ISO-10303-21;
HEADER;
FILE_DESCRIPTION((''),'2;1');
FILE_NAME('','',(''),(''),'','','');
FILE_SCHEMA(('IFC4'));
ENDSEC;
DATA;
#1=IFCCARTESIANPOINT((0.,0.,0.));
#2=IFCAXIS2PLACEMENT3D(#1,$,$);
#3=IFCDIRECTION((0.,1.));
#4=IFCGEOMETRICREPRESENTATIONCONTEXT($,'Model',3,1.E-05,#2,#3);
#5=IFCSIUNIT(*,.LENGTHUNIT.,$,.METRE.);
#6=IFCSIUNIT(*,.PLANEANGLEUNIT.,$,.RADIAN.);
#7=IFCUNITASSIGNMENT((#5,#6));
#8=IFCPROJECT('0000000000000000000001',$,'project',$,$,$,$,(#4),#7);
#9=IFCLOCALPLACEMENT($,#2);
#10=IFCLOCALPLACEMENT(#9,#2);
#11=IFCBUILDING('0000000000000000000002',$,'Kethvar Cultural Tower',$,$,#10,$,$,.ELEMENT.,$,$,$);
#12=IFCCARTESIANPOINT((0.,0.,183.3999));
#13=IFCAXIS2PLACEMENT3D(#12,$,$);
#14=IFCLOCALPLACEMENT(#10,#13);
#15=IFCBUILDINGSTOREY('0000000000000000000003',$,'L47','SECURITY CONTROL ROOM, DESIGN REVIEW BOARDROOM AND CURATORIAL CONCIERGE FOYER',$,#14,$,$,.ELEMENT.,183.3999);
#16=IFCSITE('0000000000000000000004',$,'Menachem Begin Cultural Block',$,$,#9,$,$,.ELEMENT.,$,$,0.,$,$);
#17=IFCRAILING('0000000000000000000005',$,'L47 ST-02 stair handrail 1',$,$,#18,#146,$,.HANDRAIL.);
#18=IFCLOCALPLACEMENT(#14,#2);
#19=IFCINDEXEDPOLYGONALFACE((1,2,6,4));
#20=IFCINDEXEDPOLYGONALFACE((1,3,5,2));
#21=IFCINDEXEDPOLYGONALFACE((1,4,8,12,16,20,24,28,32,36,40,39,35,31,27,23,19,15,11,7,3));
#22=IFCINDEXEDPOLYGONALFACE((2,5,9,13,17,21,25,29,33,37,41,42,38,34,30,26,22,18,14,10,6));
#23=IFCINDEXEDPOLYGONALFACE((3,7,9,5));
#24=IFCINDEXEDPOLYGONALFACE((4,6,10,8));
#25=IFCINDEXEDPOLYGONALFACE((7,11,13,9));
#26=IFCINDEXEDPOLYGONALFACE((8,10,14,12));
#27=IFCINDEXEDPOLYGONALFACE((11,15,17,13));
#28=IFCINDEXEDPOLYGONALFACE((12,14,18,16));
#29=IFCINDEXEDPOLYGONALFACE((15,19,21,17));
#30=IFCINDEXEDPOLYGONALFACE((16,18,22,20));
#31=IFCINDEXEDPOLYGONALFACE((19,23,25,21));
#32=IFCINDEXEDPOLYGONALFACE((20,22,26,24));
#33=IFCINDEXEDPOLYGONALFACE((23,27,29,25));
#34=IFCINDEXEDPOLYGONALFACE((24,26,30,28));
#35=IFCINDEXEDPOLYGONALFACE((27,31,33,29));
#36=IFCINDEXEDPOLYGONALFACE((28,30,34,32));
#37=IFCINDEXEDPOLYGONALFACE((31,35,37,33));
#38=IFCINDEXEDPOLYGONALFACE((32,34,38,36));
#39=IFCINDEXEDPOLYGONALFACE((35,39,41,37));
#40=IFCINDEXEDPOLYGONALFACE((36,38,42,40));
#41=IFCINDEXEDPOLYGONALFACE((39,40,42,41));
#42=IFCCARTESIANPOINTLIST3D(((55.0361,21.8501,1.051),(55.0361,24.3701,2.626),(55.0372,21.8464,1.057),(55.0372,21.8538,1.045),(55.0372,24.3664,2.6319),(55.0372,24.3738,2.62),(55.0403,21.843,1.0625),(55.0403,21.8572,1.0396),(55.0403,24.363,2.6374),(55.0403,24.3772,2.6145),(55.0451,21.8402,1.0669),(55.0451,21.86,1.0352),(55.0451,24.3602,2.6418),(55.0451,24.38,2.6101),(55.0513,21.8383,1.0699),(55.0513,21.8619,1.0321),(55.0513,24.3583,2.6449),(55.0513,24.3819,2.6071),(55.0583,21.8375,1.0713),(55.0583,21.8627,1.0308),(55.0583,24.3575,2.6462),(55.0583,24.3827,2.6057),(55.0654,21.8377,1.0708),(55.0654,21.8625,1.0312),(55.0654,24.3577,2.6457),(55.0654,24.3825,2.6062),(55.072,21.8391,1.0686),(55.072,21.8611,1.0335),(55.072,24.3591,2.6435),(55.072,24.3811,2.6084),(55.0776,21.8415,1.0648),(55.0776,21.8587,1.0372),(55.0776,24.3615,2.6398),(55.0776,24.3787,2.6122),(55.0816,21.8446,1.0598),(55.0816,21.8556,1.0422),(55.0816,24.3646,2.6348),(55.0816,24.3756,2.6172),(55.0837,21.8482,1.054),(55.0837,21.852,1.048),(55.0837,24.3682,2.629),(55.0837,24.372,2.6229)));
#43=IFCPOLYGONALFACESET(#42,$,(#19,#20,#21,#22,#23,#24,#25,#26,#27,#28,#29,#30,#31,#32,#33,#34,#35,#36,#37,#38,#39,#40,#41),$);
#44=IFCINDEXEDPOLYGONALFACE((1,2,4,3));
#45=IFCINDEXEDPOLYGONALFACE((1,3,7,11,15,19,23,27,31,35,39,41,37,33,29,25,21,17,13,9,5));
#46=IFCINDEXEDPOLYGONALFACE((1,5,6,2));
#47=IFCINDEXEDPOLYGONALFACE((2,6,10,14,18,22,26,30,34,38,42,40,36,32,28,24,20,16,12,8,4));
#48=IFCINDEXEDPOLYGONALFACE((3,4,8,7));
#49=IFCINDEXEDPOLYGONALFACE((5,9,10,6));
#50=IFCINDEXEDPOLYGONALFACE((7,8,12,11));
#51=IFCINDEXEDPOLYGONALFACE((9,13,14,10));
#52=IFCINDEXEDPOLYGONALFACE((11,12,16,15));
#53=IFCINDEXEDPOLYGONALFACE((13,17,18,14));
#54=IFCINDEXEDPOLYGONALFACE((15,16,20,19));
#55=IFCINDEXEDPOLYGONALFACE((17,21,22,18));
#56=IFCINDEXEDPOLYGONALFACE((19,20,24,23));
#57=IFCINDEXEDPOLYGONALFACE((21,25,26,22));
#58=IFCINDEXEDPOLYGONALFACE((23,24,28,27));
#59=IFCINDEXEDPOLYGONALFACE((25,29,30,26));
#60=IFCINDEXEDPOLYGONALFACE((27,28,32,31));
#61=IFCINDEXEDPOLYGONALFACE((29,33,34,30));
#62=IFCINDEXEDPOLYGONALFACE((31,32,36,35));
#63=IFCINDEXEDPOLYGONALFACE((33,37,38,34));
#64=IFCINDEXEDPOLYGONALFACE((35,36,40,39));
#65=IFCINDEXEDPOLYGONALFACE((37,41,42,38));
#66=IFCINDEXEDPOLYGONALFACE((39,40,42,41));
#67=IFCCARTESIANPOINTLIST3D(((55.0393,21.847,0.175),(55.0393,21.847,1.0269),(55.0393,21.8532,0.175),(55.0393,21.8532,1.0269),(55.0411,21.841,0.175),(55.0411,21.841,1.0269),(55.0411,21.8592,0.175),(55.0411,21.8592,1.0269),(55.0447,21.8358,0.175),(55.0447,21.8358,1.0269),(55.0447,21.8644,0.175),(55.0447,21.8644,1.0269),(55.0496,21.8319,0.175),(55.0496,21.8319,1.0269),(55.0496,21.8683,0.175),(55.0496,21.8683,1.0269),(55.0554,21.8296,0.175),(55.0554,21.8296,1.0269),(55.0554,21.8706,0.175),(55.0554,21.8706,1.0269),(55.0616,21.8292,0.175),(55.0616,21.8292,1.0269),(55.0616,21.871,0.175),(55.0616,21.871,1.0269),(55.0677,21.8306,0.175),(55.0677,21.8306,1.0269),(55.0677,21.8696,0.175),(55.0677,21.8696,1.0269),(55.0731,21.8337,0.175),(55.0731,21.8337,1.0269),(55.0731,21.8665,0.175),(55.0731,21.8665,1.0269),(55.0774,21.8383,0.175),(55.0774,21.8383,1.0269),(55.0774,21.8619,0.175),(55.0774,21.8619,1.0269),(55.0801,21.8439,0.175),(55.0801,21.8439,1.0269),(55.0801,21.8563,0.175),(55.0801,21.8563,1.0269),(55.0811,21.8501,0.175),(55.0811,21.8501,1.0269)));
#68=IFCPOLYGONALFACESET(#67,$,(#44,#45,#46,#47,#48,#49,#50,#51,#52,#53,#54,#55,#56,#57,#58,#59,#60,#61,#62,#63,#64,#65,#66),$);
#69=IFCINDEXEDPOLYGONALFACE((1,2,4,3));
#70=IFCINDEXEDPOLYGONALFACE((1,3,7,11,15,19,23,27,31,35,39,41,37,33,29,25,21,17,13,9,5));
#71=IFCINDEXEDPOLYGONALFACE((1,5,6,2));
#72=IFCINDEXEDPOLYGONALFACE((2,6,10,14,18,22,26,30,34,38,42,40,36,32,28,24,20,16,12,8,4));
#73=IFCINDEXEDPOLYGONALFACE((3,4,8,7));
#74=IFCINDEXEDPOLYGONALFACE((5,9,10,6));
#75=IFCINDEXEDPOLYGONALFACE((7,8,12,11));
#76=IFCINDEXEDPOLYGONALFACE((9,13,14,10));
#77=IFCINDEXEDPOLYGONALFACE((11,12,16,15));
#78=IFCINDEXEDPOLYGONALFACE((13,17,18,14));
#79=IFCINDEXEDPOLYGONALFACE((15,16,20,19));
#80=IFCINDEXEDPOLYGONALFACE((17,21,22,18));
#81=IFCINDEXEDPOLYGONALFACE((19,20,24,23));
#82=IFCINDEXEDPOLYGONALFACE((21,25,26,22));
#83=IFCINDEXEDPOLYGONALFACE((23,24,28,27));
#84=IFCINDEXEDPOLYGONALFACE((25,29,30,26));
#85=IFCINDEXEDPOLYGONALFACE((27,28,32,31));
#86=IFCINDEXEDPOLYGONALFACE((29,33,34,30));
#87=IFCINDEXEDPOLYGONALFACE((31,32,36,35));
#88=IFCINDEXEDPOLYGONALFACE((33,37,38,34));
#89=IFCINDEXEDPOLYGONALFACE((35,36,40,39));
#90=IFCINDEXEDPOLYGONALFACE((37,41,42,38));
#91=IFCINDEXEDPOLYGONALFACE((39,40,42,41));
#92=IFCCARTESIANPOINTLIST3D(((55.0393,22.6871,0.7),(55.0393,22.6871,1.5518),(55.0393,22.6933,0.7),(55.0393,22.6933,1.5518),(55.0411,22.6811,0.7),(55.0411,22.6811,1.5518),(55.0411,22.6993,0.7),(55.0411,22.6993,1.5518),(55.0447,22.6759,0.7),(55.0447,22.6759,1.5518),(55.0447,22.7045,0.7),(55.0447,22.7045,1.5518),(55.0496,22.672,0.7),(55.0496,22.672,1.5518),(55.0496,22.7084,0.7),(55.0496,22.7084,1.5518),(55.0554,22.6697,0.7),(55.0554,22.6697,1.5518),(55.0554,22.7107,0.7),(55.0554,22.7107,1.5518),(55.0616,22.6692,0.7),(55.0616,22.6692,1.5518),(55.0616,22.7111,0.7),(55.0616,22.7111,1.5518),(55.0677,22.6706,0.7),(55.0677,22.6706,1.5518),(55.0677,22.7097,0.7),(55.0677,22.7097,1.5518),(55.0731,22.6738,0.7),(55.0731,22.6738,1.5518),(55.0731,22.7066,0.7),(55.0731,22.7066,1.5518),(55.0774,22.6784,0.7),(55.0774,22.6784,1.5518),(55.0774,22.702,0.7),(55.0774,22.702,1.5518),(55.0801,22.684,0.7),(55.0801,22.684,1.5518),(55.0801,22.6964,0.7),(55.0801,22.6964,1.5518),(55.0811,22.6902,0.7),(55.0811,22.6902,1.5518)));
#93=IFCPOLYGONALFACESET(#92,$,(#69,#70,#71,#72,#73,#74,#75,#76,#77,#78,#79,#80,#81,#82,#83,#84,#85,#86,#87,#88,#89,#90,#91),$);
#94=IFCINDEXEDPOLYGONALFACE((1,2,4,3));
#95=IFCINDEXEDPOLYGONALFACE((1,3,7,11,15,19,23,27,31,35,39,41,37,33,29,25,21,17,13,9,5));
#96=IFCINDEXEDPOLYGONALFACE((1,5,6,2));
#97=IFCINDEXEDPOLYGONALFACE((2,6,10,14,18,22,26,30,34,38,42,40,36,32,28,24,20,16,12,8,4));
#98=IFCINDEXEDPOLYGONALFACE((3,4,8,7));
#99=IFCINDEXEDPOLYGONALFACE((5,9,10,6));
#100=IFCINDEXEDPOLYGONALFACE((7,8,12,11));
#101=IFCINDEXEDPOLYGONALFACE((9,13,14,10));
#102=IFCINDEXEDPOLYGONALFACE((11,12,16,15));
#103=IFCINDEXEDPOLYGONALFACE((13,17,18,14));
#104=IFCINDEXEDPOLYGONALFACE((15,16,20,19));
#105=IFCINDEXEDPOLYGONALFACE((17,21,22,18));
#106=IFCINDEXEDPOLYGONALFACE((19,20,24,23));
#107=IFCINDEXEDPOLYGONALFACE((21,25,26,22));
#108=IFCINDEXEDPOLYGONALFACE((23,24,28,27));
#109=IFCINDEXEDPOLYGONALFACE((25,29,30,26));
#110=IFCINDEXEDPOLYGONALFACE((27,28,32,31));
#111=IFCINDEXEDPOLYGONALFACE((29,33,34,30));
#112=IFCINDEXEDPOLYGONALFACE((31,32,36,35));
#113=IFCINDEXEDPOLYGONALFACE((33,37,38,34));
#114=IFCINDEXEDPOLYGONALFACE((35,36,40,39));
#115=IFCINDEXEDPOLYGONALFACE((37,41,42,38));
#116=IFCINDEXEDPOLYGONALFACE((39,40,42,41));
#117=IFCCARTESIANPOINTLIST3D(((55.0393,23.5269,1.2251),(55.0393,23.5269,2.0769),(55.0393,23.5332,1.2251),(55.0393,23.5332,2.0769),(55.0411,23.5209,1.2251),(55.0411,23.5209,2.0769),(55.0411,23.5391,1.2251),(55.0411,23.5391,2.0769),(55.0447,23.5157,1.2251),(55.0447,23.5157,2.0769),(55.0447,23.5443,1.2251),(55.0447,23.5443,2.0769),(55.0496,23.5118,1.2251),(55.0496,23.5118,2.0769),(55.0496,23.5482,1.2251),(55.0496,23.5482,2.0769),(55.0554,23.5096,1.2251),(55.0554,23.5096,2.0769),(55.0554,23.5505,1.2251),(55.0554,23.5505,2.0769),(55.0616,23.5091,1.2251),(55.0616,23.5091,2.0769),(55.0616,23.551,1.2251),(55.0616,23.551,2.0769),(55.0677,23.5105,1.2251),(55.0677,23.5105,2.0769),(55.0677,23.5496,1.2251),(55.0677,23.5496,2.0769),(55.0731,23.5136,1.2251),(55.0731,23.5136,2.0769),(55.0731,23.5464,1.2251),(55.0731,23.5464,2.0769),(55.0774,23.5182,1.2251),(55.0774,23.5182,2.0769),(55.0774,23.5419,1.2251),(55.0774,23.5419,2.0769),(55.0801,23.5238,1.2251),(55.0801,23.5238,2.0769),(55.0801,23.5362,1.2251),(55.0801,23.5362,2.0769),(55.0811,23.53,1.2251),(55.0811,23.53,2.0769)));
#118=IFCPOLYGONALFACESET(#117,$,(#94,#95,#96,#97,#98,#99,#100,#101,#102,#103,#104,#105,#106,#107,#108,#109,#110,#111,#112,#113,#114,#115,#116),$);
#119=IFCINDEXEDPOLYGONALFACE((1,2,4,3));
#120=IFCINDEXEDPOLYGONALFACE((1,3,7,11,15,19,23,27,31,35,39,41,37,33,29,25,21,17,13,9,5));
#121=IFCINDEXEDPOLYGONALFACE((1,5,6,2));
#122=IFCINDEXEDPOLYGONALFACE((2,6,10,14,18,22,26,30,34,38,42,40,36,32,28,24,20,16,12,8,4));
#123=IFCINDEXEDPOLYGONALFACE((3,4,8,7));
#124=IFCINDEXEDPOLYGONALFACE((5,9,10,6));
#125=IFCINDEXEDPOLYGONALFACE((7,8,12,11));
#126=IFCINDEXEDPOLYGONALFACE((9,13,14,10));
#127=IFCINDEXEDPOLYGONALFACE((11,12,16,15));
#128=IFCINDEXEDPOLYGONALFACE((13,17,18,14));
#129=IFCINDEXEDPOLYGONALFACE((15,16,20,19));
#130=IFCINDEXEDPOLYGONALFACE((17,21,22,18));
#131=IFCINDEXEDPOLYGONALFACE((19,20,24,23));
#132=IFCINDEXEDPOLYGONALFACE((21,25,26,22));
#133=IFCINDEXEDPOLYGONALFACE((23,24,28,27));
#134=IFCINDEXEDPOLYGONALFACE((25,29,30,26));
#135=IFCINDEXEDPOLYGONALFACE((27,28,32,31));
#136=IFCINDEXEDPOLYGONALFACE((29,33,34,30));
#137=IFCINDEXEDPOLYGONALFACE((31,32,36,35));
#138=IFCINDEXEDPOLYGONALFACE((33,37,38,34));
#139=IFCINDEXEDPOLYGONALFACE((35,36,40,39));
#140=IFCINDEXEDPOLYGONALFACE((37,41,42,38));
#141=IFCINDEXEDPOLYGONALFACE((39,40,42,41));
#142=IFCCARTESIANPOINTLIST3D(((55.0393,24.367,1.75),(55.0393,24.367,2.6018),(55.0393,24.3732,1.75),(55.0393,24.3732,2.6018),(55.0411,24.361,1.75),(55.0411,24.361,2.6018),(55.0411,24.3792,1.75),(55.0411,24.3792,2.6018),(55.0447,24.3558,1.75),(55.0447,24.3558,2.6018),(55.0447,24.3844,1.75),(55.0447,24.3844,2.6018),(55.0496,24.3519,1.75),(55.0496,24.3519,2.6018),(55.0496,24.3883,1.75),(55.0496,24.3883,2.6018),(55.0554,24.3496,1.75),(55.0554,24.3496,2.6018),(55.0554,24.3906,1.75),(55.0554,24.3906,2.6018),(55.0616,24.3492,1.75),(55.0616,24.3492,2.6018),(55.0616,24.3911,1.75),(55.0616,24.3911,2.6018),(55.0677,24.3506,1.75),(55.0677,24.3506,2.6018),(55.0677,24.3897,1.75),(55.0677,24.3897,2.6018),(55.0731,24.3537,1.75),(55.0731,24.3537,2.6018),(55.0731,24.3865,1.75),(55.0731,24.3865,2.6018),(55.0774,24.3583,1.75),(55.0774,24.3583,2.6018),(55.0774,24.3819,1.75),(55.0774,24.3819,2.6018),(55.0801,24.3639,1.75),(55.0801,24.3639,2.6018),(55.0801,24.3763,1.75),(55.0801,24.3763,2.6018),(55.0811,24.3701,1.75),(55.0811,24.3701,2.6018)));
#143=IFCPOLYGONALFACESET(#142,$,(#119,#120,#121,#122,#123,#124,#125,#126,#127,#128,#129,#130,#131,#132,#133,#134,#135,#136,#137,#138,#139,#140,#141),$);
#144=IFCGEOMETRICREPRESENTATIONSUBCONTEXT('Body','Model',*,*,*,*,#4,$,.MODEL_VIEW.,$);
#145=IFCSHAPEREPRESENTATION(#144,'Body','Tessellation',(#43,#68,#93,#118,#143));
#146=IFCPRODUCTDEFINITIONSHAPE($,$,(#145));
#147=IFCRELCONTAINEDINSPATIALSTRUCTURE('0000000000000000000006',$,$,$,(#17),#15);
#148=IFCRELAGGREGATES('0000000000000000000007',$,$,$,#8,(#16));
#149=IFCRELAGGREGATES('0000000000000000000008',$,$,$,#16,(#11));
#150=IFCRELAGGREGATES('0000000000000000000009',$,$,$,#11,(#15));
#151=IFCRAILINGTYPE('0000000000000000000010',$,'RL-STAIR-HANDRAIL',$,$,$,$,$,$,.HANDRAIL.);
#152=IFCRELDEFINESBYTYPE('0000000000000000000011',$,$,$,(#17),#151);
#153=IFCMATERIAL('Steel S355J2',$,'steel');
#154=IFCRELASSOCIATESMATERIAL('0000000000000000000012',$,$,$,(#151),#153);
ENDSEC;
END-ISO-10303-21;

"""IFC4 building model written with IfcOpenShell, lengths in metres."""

from ifc_helpers import new_model, si_unit, direction, frame, origin, origin_2d, place, context, subcontext, project, spatial, circle, extrude, material, type_object, element, save


model = new_model("IFC4")

# Units and contexts
model_context = context("Model", 3, precision=1e-05, world=origin(), true_north=direction((0.0, 1.0)))
body_context = subcontext(model_context, "Body", "Model", "MODEL_VIEW")
ifc_project = project(units=[si_unit("LENGTHUNIT", "METRE"), si_unit("PLANEANGLEUNIT", "RADIAN")], contexts=[model_context])

# Site, building, storey
site_placement = place(None, origin())
site = spatial("IfcSite", under=ifc_project, at=site_placement, Name="Menachem Begin Cultural Block", CompositionType="ELEMENT", RefElevation=0.0)
building_placement = place(site_placement, origin())
building = spatial("IfcBuilding", under=site, at=building_placement, Name="Kethvar Cultural Tower", CompositionType="ELEMENT")
storey_placement = place(building_placement, frame((0.0, 0.0, 183.3999)))
storey = spatial("IfcBuildingStorey", under=building, at=storey_placement, Name="L47", Description="SECURITY CONTROL ROOM, DESIGN REVIEW BOARDROOM AND CURATORIAL CONCIERGE FOYER", CompositionType="ELEMENT", Elevation=183.3999)

# Shared definitions
ifc_material_1 = material(Name="Steel S355J2", Category="steel")

# Railing
railing_type_1 = type_object("IfcRailingType", Name="RL-STAIR-HANDRAIL", PredefinedType="HANDRAIL", material=ifc_material_1)
railing_1_placement = place(storey_placement, frame((55.0601, 21.8501, 0.175)))
element("IfcRailing", 1, at=railing_1_placement, inside=storey, type_object=railing_type_1, Name="L47 ST-02 stair handrail 1", PredefinedType="HANDRAIL", context=body_context, shape_type="SweptSolid", body=[
    extrude(circle(Radius=0.0239, at=origin_2d()), frame((0.0, 0.0, 0.876), z_axis=(0.0, 0.848008, 0.529984), x_axis=(-1.0, 0.0, 0.0)), (0.0, 0.0, 1.0), 2.9717),
    extrude(circle(Radius=0.021, at=origin_2d()), origin(), (0.0, 0.0, 1.0), 0.8518),
    extrude(circle(Radius=0.021, at=origin_2d()), frame((0.0, 0.8401, 0.5249)), (0.0, 0.0, 1.0), 0.8518),
    extrude(circle(Radius=0.021, at=origin_2d()), frame((0.0, 1.6799, 1.05)), (0.0, 0.0, 1.0), 0.8518),
    extrude(circle(Radius=0.021, at=origin_2d()), frame((0.0, 2.52, 1.575)), (0.0, 0.0, 1.0), 0.8518),
])

save(model, "model.ifc")
